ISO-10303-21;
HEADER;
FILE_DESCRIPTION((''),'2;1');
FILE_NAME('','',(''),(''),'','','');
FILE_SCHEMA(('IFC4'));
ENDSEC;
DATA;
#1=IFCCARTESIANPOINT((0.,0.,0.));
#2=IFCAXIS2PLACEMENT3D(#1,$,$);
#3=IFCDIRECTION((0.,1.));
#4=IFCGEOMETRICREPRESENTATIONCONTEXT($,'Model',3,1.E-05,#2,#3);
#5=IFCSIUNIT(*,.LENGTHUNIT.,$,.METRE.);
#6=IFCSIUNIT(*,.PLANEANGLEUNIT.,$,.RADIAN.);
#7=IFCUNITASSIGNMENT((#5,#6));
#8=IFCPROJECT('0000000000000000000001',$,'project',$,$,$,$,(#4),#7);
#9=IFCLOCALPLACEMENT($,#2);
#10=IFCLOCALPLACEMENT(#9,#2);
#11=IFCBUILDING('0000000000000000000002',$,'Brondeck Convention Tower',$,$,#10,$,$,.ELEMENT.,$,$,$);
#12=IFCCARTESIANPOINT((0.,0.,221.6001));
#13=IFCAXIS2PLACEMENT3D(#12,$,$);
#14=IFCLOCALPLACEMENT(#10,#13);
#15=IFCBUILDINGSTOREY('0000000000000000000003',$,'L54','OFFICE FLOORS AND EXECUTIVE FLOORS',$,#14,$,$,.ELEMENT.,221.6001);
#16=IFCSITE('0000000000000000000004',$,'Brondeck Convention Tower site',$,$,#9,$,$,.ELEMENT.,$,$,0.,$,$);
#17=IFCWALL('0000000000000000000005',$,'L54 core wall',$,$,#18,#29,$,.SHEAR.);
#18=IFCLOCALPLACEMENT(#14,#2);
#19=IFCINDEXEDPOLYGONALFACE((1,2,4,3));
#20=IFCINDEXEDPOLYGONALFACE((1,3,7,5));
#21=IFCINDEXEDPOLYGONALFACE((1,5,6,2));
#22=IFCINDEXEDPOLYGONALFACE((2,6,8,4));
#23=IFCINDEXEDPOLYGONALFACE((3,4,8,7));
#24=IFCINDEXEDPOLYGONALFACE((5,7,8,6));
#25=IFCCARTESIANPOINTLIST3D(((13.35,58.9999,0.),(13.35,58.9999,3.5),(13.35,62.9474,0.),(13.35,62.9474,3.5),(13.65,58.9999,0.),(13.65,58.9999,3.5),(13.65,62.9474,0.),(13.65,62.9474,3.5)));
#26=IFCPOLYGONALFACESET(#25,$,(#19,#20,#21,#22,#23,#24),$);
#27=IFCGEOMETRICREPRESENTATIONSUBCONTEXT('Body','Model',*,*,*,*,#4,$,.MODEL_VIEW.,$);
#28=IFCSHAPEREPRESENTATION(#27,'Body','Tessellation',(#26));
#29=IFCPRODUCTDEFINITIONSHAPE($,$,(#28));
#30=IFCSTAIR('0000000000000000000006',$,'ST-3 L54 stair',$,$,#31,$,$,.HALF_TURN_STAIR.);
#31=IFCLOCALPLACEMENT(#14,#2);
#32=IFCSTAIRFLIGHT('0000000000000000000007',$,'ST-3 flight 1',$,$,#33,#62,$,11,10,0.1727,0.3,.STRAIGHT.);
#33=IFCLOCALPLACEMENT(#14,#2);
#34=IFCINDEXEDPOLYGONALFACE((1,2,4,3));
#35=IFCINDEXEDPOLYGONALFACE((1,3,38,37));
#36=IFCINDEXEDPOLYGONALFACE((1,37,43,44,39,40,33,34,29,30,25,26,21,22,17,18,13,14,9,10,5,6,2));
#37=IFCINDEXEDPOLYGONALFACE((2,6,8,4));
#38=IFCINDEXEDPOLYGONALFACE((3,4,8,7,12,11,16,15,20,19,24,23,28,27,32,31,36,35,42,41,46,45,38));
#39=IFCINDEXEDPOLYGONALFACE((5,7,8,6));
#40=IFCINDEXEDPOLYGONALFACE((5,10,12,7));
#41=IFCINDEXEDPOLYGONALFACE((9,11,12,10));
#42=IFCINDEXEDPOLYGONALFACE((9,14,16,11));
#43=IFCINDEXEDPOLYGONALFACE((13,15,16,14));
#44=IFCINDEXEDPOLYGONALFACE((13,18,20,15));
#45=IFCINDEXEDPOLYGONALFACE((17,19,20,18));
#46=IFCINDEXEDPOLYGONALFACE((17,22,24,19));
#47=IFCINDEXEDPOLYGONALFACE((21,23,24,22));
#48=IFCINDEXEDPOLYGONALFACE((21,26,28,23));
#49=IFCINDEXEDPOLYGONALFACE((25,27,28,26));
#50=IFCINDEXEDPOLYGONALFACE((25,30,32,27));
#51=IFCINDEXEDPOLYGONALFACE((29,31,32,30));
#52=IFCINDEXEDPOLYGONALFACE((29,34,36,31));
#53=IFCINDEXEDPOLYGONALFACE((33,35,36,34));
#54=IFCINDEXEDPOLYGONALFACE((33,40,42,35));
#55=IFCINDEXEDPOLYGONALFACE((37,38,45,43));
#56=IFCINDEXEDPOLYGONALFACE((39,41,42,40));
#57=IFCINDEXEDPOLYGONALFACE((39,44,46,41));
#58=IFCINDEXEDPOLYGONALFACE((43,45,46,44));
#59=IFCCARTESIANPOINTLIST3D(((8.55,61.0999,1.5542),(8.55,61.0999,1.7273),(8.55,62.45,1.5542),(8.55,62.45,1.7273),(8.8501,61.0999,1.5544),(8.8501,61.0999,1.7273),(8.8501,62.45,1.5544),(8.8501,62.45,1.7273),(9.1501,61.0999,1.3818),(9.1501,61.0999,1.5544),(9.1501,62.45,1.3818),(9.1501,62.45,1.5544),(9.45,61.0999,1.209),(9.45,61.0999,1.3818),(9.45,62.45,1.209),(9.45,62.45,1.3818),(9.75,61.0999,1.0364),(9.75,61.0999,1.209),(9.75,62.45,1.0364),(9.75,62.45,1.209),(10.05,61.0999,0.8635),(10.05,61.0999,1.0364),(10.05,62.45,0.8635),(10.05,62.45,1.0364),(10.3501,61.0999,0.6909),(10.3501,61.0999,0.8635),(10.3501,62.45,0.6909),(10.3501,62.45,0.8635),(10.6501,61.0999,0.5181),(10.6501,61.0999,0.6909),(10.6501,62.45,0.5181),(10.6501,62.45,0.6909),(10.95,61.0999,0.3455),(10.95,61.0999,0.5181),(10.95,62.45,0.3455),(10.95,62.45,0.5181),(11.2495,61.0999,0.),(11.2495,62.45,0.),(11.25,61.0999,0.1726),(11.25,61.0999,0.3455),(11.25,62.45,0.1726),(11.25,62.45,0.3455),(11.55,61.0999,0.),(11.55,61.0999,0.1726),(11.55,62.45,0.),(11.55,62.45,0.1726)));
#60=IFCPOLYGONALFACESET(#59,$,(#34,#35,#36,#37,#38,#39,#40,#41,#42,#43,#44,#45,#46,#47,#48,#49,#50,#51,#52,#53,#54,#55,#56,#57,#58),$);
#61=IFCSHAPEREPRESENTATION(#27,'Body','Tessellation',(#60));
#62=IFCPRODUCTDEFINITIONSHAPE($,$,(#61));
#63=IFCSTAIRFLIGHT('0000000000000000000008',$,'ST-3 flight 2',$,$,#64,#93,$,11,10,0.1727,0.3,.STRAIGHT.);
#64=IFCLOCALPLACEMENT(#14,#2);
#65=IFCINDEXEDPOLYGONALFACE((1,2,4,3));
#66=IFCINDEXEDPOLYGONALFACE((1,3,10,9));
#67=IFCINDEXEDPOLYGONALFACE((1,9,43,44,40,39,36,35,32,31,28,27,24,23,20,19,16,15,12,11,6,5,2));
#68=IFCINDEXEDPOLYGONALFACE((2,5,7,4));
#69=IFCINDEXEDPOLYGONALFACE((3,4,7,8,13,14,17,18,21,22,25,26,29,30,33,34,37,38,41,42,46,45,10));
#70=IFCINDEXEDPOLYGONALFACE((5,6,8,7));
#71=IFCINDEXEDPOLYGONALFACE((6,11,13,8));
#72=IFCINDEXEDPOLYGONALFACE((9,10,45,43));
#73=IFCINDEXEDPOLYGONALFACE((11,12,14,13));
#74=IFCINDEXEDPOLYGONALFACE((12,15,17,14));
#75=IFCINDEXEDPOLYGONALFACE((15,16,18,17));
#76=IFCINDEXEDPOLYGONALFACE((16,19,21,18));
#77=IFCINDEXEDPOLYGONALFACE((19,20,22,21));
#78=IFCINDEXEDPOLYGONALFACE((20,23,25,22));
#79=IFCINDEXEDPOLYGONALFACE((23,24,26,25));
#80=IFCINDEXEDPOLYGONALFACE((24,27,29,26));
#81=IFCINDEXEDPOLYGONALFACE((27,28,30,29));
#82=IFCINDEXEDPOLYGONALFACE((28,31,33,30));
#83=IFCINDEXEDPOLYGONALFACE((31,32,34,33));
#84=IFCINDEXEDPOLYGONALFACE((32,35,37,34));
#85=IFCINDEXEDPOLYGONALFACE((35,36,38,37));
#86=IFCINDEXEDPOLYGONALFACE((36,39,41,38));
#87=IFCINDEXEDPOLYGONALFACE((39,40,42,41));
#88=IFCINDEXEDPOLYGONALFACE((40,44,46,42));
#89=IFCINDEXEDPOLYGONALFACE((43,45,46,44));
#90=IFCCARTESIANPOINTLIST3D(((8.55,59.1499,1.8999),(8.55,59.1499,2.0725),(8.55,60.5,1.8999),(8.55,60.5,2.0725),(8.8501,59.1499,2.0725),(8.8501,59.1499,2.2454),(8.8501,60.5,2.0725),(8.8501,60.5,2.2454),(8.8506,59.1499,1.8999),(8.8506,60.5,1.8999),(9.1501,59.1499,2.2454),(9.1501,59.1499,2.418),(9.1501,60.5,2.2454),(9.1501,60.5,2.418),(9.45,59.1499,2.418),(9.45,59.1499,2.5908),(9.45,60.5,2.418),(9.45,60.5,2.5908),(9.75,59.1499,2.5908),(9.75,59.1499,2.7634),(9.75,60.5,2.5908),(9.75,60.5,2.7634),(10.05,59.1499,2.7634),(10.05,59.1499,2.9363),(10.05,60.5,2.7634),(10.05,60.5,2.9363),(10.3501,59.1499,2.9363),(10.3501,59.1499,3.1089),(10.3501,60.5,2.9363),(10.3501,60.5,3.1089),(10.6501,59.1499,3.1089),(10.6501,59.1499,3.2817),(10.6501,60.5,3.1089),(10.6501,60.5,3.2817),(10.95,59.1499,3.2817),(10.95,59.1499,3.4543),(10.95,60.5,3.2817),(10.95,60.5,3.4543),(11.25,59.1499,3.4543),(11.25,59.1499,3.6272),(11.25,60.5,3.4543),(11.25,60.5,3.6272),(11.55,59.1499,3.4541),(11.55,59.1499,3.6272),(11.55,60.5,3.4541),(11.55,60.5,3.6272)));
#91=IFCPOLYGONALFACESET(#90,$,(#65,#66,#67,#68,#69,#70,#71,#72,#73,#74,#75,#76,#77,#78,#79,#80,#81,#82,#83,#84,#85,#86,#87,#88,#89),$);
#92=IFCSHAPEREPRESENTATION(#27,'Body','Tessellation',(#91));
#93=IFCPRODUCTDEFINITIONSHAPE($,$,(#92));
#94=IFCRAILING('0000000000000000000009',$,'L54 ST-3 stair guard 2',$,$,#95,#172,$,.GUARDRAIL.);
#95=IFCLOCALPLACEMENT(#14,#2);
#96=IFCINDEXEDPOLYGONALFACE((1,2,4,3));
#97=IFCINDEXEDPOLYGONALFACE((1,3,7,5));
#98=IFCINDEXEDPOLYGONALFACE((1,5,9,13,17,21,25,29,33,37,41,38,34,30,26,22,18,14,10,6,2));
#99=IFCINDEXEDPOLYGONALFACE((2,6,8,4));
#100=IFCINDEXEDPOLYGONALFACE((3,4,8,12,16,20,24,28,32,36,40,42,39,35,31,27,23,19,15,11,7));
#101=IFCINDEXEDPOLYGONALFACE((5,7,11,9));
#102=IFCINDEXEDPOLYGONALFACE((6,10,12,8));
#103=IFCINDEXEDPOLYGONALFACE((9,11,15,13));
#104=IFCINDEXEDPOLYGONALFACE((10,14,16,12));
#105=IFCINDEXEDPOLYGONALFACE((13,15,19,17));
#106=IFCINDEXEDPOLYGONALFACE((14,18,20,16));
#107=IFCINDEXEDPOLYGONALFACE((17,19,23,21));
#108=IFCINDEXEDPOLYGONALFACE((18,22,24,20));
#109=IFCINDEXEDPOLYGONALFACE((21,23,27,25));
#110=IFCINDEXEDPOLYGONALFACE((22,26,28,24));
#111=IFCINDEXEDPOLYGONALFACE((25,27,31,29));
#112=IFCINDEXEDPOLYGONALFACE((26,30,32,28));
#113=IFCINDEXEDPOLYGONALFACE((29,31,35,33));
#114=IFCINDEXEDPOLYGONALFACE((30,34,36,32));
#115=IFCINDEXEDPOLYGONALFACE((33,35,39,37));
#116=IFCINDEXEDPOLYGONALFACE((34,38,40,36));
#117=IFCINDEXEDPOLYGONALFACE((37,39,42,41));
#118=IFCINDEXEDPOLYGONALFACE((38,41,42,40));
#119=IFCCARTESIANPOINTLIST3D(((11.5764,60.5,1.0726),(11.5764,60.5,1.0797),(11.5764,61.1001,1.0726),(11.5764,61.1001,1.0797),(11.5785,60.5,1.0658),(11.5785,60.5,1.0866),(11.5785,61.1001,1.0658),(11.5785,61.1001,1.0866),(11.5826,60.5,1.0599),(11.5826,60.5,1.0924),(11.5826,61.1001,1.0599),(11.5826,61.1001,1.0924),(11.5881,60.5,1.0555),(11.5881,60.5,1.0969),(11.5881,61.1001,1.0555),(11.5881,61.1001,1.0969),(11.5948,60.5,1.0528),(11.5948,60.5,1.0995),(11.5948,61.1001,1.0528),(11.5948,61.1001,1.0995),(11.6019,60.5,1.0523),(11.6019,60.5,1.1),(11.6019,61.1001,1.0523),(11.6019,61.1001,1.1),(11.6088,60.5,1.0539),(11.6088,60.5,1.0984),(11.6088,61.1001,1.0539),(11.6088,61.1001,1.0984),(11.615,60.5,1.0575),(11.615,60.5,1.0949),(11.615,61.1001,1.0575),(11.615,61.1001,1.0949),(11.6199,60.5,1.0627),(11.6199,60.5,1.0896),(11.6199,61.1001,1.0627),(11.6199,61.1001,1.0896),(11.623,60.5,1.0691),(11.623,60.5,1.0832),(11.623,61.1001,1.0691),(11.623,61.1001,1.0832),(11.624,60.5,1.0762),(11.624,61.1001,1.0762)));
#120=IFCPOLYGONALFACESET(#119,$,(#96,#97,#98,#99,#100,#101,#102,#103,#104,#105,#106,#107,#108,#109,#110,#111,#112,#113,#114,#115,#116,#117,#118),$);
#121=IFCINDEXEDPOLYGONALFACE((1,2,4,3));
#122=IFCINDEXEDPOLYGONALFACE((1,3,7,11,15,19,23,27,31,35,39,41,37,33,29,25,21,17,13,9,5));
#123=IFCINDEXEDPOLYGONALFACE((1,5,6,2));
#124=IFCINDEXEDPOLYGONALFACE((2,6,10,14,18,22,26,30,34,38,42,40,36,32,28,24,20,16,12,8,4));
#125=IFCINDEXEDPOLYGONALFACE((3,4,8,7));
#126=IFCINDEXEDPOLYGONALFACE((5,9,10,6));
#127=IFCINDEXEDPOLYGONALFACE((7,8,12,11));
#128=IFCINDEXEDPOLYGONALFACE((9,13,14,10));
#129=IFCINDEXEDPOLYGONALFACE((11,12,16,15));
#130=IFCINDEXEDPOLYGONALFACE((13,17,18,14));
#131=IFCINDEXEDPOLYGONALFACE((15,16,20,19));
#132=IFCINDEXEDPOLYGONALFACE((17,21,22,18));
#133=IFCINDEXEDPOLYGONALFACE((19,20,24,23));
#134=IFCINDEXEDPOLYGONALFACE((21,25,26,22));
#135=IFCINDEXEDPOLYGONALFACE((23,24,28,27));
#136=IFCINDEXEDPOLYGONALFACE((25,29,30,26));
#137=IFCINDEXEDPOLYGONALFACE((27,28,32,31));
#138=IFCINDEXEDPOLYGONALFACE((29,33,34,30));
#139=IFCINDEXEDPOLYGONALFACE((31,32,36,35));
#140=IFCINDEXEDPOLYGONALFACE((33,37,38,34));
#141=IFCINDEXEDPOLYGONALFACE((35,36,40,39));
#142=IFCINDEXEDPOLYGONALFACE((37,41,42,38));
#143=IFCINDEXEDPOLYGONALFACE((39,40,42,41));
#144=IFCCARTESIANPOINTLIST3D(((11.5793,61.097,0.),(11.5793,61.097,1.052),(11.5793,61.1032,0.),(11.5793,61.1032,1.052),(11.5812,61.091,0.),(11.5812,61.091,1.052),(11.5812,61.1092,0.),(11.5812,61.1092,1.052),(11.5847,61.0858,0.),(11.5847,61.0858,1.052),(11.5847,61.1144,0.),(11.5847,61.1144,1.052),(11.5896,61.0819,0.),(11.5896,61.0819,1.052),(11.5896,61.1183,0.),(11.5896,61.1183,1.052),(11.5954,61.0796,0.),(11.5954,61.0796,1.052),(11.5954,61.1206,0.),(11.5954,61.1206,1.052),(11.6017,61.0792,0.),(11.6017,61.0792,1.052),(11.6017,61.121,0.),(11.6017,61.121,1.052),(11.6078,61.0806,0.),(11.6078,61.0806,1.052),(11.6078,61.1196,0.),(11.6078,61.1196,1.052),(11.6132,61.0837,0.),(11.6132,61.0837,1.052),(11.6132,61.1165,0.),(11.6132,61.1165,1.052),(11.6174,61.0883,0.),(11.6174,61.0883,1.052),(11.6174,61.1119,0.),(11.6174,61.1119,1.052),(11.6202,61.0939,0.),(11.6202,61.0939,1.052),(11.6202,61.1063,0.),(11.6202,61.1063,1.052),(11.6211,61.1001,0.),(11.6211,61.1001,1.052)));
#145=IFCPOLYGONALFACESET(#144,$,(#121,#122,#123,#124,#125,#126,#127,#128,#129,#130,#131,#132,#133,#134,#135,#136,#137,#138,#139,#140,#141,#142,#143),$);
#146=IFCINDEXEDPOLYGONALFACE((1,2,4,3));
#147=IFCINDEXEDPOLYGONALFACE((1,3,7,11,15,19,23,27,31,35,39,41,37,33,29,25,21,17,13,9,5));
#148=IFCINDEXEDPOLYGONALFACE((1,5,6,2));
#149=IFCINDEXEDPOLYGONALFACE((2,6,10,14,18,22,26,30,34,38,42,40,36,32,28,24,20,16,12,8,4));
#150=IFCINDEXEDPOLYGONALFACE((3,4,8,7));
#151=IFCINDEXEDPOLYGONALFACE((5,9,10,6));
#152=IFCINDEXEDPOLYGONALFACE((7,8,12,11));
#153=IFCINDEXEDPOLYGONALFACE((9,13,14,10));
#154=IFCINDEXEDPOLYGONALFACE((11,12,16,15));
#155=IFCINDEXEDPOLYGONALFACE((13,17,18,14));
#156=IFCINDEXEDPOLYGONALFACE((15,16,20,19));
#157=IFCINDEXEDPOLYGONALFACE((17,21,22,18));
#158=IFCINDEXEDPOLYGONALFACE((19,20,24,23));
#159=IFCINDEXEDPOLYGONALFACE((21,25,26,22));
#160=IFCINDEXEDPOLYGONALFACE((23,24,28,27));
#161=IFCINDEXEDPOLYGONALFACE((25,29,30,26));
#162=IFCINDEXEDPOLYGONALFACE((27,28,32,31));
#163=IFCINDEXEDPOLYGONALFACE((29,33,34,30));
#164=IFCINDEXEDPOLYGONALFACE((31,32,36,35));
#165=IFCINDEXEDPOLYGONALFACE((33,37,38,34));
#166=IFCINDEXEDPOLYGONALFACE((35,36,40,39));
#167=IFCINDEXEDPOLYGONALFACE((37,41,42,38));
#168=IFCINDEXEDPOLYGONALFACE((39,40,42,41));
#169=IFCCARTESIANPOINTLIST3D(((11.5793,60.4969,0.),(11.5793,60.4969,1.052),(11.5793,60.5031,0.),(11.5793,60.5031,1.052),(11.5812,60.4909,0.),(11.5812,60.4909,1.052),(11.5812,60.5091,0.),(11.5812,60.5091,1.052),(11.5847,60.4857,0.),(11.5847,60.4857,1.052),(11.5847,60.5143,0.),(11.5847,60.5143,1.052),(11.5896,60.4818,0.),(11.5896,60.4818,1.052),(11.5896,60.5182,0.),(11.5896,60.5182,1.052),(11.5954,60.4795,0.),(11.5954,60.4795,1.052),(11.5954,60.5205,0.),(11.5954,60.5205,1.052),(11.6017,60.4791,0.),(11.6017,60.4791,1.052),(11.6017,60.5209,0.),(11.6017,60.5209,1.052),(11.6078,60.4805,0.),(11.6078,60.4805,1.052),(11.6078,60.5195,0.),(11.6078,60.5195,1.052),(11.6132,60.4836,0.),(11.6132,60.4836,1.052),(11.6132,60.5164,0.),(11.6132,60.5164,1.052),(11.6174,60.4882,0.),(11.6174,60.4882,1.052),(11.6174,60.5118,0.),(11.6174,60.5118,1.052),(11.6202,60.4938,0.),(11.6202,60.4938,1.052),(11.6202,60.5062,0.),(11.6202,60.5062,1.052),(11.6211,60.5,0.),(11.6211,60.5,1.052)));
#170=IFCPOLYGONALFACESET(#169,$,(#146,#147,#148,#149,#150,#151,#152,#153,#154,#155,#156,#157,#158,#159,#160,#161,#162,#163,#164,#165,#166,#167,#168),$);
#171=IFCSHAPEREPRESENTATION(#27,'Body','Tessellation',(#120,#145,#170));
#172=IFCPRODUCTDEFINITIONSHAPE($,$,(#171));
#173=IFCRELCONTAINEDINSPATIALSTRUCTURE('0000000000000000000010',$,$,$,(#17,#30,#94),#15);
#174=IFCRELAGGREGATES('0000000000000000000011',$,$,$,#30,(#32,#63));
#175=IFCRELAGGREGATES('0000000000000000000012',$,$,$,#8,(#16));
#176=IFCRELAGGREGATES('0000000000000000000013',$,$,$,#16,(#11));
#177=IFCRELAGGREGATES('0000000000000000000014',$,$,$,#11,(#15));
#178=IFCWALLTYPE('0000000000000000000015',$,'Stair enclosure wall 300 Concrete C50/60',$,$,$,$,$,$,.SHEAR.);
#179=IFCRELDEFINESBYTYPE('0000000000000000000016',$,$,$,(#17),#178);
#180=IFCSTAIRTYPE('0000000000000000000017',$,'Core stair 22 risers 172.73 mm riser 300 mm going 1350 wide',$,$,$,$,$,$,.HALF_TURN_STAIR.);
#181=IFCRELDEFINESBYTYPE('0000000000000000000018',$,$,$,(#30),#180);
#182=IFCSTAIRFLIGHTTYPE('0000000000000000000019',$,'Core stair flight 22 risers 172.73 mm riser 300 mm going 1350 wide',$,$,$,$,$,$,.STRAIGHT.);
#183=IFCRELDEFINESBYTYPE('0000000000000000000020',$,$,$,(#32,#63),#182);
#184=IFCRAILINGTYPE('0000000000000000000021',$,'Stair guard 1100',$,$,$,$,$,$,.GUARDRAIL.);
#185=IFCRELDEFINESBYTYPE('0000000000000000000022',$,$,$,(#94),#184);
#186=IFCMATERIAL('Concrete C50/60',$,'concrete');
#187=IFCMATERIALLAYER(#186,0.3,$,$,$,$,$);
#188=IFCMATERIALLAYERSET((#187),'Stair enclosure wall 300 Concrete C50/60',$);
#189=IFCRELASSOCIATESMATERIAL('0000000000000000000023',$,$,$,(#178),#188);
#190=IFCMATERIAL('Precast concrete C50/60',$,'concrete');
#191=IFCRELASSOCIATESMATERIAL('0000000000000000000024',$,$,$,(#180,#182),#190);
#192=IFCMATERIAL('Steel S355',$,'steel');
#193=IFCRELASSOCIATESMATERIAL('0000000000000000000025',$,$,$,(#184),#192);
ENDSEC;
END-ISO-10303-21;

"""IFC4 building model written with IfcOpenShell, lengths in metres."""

from ifc_helpers import new_model, si_unit, direction, frame, frame_2d, origin, origin_2d, place, context, subcontext, project, spatial, polyline, rectangle, circle, outline, extrude, material, layer, layer_set, type_object, element, aggregate, save


model = new_model("IFC4")

# Units and contexts
model_context = context("Model", 3, precision=1e-05, world=origin(), true_north=direction((0.0, 1.0)))
body_context = subcontext(model_context, "Body", "Model", "MODEL_VIEW")
ifc_project = project(units=[si_unit("LENGTHUNIT", "METRE"), si_unit("PLANEANGLEUNIT", "RADIAN")], contexts=[model_context])

# Site, building, storey
site_placement = place(None, origin())
site = spatial("IfcSite", under=ifc_project, at=site_placement, Name="Brondeck Convention Tower site", CompositionType="ELEMENT", RefElevation=0.0)
building_placement = place(site_placement, origin())
building = spatial("IfcBuilding", under=site, at=building_placement, Name="Brondeck Convention Tower", CompositionType="ELEMENT")
storey_placement = place(building_placement, frame((0.0, 0.0, 221.6001)))
storey = spatial("IfcBuildingStorey", under=building, at=storey_placement, Name="L54", Description="OFFICE FLOORS AND EXECUTIVE FLOORS", CompositionType="ELEMENT", Elevation=221.6001)

# Shared definitions
ifc_material_1 = material(Name="Concrete C50/60", Category="concrete")

# Wall
ifc_layer_1 = layer(ifc_material_1, 0.3)
ifc_layer_set_1 = layer_set([ifc_layer_1], Name="Stair enclosure wall 300 Concrete C50/60")
wall_type_1 = type_object("IfcWallType", Name="Stair enclosure wall 300 Concrete C50/60", PredefinedType="SHEAR", material=ifc_layer_set_1)
wall_1_placement = place(storey_placement, frame((13.5, 59.0, 0.0), z_axis=(0.0, 0.0, 1.0), x_axis=(0.0, 1.0, 0.0)))
element("IfcWall", 1, at=wall_1_placement, inside=storey, type_object=wall_type_1, Name="L54 core wall", PredefinedType="SHEAR", context=body_context, shape_type="SweptSolid", body=[
    extrude(rectangle(XDim=3.9475, YDim=0.3, at=frame_2d((1.9736, 0.0))), origin(), (0.0, 0.0, 1.0), 3.5),
])

# Stair, stair flights
ifc_material_2 = material(Name="Precast concrete C50/60", Category="concrete")
stair_type = type_object("IfcStairType", Name="Core stair 22 risers 172.73 mm riser 300 mm going 1350 wide", PredefinedType="HALF_TURN_STAIR", material=ifc_material_2)
stair_placement = place(storey_placement, origin())
stair = element("IfcStair", 2, at=stair_placement, inside=storey, type_object=stair_type, Name="ST-3 L54 stair", PredefinedType="HALF_TURN_STAIR")
stair_flight_type = type_object("IfcStairFlightType", Name="Core stair flight 22 risers 172.73 mm riser 300 mm going 1350 wide", PredefinedType="STRAIGHT", material=ifc_material_2)
stair_flight_1_placement = place(storey_placement, frame((11.55, 61.7749, 0.0), z_axis=(0.0, 0.0, 1.0), x_axis=(-1.0, 0.0, 0.0)))
stair_flight_1 = element("IfcStairFlight", 3, at=stair_flight_1_placement, type_object=stair_flight_type, Name="ST-3 flight 1", NumberOfRisers=11, NumberOfTreads=10, PredefinedType="STRAIGHT", RiserHeight=0.1727, TreadLength=0.3, context=body_context, shape_type="SweptSolid", body=[
    extrude(outline(polyline([(0.0, 0.0), (0.0, 0.1726), (0.3, 0.1726), (0.3, 0.3455), (0.6001, 0.3455), (0.6001, 0.5181), (0.8999, 0.5181), (0.8999, 0.6909), (1.2, 0.6909), (1.2, 0.8635), (1.5, 0.8635), (1.5, 1.0364), (1.8, 1.0364), (1.8, 1.209), (2.1001, 1.209), (2.1001, 1.3818), (2.3999, 1.3818), (2.3999, 1.5544), (2.7, 1.5544), (2.7, 1.7273), (3.0, 1.7273), (3.0, 1.8999), (3.0, 1.5542), (0.3005, 0.0), (0.0, 0.0)])), frame((0.0, 0.675, 0.0), z_axis=(0.0, -1.0, 0.0), x_axis=(1.0, 0.0, 0.0)), (0.0, 0.0, 1.0), 1.3501),
])
stair_flight_2_placement = place(storey_placement, frame((8.55, 59.825, 1.8999), z_axis=(0.0, 0.0, 1.0), x_axis=(1.0, 0.0, 0.0)))
stair_flight_2 = element("IfcStairFlight", 4, at=stair_flight_2_placement, type_object=stair_flight_type, Name="ST-3 flight 2", NumberOfRisers=11, NumberOfTreads=10, PredefinedType="STRAIGHT", RiserHeight=0.1727, TreadLength=0.3, context=body_context, shape_type="SweptSolid", body=[
    extrude(outline(polyline([(0.0, 0.0), (0.0, 0.1726), (0.3, 0.1726), (0.3, 0.3455), (0.6001, 0.3455), (0.6001, 0.5181), (0.8999, 0.5181), (0.8999, 0.6909), (1.2, 0.6909), (1.2, 0.8635), (1.5, 0.8635), (1.5, 1.0364), (1.8, 1.0364), (1.8, 1.209), (2.1001, 1.209), (2.1001, 1.3818), (2.3999, 1.3818), (2.3999, 1.5544), (2.7, 1.5544), (2.7, 1.7273), (3.0, 1.7273), (3.0, 1.8999), (3.0, 1.5542), (0.3005, 0.0), (0.0, 0.0)])), frame((0.0, 0.675, 0.0), z_axis=(0.0, -1.0, 0.0), x_axis=(1.0, 0.0, 0.0)), (0.0, 0.0, 1.0), 1.3501),
])
aggregate(stair, [stair_flight_1, stair_flight_2])

# Railing
ifc_material_3 = material(Name="Steel S355", Category="steel")
railing_type_1 = type_object("IfcRailingType", Name="Stair guard 1100", PredefinedType="GUARDRAIL", material=ifc_material_3)
railing_1_placement = place(storey_placement, frame((11.6001, 61.1001, 0.0)))
element("IfcRailing", 5, at=railing_1_placement, inside=storey, type_object=railing_type_1, Name="L54 ST-3 stair guard 2", PredefinedType="GUARDRAIL", context=body_context, shape_type="SweptSolid", body=[
    extrude(circle(Radius=0.0239, at=origin_2d()), frame((0.0, 0.0, 1.0762), z_axis=(0.0, -1.0, 0.0), x_axis=(1.0, 0.0, 0.0)), (0.0, 0.0, 1.0), 0.6001),
    extrude(circle(Radius=0.021, at=origin_2d()), origin(), (0.0, 0.0, 1.0), 1.052),
    extrude(circle(Radius=0.021, at=origin_2d()), frame((0.0, -0.6001, 0.0)), (0.0, 0.0, 1.0), 1.052),
])

save(model, "model.ifc")
